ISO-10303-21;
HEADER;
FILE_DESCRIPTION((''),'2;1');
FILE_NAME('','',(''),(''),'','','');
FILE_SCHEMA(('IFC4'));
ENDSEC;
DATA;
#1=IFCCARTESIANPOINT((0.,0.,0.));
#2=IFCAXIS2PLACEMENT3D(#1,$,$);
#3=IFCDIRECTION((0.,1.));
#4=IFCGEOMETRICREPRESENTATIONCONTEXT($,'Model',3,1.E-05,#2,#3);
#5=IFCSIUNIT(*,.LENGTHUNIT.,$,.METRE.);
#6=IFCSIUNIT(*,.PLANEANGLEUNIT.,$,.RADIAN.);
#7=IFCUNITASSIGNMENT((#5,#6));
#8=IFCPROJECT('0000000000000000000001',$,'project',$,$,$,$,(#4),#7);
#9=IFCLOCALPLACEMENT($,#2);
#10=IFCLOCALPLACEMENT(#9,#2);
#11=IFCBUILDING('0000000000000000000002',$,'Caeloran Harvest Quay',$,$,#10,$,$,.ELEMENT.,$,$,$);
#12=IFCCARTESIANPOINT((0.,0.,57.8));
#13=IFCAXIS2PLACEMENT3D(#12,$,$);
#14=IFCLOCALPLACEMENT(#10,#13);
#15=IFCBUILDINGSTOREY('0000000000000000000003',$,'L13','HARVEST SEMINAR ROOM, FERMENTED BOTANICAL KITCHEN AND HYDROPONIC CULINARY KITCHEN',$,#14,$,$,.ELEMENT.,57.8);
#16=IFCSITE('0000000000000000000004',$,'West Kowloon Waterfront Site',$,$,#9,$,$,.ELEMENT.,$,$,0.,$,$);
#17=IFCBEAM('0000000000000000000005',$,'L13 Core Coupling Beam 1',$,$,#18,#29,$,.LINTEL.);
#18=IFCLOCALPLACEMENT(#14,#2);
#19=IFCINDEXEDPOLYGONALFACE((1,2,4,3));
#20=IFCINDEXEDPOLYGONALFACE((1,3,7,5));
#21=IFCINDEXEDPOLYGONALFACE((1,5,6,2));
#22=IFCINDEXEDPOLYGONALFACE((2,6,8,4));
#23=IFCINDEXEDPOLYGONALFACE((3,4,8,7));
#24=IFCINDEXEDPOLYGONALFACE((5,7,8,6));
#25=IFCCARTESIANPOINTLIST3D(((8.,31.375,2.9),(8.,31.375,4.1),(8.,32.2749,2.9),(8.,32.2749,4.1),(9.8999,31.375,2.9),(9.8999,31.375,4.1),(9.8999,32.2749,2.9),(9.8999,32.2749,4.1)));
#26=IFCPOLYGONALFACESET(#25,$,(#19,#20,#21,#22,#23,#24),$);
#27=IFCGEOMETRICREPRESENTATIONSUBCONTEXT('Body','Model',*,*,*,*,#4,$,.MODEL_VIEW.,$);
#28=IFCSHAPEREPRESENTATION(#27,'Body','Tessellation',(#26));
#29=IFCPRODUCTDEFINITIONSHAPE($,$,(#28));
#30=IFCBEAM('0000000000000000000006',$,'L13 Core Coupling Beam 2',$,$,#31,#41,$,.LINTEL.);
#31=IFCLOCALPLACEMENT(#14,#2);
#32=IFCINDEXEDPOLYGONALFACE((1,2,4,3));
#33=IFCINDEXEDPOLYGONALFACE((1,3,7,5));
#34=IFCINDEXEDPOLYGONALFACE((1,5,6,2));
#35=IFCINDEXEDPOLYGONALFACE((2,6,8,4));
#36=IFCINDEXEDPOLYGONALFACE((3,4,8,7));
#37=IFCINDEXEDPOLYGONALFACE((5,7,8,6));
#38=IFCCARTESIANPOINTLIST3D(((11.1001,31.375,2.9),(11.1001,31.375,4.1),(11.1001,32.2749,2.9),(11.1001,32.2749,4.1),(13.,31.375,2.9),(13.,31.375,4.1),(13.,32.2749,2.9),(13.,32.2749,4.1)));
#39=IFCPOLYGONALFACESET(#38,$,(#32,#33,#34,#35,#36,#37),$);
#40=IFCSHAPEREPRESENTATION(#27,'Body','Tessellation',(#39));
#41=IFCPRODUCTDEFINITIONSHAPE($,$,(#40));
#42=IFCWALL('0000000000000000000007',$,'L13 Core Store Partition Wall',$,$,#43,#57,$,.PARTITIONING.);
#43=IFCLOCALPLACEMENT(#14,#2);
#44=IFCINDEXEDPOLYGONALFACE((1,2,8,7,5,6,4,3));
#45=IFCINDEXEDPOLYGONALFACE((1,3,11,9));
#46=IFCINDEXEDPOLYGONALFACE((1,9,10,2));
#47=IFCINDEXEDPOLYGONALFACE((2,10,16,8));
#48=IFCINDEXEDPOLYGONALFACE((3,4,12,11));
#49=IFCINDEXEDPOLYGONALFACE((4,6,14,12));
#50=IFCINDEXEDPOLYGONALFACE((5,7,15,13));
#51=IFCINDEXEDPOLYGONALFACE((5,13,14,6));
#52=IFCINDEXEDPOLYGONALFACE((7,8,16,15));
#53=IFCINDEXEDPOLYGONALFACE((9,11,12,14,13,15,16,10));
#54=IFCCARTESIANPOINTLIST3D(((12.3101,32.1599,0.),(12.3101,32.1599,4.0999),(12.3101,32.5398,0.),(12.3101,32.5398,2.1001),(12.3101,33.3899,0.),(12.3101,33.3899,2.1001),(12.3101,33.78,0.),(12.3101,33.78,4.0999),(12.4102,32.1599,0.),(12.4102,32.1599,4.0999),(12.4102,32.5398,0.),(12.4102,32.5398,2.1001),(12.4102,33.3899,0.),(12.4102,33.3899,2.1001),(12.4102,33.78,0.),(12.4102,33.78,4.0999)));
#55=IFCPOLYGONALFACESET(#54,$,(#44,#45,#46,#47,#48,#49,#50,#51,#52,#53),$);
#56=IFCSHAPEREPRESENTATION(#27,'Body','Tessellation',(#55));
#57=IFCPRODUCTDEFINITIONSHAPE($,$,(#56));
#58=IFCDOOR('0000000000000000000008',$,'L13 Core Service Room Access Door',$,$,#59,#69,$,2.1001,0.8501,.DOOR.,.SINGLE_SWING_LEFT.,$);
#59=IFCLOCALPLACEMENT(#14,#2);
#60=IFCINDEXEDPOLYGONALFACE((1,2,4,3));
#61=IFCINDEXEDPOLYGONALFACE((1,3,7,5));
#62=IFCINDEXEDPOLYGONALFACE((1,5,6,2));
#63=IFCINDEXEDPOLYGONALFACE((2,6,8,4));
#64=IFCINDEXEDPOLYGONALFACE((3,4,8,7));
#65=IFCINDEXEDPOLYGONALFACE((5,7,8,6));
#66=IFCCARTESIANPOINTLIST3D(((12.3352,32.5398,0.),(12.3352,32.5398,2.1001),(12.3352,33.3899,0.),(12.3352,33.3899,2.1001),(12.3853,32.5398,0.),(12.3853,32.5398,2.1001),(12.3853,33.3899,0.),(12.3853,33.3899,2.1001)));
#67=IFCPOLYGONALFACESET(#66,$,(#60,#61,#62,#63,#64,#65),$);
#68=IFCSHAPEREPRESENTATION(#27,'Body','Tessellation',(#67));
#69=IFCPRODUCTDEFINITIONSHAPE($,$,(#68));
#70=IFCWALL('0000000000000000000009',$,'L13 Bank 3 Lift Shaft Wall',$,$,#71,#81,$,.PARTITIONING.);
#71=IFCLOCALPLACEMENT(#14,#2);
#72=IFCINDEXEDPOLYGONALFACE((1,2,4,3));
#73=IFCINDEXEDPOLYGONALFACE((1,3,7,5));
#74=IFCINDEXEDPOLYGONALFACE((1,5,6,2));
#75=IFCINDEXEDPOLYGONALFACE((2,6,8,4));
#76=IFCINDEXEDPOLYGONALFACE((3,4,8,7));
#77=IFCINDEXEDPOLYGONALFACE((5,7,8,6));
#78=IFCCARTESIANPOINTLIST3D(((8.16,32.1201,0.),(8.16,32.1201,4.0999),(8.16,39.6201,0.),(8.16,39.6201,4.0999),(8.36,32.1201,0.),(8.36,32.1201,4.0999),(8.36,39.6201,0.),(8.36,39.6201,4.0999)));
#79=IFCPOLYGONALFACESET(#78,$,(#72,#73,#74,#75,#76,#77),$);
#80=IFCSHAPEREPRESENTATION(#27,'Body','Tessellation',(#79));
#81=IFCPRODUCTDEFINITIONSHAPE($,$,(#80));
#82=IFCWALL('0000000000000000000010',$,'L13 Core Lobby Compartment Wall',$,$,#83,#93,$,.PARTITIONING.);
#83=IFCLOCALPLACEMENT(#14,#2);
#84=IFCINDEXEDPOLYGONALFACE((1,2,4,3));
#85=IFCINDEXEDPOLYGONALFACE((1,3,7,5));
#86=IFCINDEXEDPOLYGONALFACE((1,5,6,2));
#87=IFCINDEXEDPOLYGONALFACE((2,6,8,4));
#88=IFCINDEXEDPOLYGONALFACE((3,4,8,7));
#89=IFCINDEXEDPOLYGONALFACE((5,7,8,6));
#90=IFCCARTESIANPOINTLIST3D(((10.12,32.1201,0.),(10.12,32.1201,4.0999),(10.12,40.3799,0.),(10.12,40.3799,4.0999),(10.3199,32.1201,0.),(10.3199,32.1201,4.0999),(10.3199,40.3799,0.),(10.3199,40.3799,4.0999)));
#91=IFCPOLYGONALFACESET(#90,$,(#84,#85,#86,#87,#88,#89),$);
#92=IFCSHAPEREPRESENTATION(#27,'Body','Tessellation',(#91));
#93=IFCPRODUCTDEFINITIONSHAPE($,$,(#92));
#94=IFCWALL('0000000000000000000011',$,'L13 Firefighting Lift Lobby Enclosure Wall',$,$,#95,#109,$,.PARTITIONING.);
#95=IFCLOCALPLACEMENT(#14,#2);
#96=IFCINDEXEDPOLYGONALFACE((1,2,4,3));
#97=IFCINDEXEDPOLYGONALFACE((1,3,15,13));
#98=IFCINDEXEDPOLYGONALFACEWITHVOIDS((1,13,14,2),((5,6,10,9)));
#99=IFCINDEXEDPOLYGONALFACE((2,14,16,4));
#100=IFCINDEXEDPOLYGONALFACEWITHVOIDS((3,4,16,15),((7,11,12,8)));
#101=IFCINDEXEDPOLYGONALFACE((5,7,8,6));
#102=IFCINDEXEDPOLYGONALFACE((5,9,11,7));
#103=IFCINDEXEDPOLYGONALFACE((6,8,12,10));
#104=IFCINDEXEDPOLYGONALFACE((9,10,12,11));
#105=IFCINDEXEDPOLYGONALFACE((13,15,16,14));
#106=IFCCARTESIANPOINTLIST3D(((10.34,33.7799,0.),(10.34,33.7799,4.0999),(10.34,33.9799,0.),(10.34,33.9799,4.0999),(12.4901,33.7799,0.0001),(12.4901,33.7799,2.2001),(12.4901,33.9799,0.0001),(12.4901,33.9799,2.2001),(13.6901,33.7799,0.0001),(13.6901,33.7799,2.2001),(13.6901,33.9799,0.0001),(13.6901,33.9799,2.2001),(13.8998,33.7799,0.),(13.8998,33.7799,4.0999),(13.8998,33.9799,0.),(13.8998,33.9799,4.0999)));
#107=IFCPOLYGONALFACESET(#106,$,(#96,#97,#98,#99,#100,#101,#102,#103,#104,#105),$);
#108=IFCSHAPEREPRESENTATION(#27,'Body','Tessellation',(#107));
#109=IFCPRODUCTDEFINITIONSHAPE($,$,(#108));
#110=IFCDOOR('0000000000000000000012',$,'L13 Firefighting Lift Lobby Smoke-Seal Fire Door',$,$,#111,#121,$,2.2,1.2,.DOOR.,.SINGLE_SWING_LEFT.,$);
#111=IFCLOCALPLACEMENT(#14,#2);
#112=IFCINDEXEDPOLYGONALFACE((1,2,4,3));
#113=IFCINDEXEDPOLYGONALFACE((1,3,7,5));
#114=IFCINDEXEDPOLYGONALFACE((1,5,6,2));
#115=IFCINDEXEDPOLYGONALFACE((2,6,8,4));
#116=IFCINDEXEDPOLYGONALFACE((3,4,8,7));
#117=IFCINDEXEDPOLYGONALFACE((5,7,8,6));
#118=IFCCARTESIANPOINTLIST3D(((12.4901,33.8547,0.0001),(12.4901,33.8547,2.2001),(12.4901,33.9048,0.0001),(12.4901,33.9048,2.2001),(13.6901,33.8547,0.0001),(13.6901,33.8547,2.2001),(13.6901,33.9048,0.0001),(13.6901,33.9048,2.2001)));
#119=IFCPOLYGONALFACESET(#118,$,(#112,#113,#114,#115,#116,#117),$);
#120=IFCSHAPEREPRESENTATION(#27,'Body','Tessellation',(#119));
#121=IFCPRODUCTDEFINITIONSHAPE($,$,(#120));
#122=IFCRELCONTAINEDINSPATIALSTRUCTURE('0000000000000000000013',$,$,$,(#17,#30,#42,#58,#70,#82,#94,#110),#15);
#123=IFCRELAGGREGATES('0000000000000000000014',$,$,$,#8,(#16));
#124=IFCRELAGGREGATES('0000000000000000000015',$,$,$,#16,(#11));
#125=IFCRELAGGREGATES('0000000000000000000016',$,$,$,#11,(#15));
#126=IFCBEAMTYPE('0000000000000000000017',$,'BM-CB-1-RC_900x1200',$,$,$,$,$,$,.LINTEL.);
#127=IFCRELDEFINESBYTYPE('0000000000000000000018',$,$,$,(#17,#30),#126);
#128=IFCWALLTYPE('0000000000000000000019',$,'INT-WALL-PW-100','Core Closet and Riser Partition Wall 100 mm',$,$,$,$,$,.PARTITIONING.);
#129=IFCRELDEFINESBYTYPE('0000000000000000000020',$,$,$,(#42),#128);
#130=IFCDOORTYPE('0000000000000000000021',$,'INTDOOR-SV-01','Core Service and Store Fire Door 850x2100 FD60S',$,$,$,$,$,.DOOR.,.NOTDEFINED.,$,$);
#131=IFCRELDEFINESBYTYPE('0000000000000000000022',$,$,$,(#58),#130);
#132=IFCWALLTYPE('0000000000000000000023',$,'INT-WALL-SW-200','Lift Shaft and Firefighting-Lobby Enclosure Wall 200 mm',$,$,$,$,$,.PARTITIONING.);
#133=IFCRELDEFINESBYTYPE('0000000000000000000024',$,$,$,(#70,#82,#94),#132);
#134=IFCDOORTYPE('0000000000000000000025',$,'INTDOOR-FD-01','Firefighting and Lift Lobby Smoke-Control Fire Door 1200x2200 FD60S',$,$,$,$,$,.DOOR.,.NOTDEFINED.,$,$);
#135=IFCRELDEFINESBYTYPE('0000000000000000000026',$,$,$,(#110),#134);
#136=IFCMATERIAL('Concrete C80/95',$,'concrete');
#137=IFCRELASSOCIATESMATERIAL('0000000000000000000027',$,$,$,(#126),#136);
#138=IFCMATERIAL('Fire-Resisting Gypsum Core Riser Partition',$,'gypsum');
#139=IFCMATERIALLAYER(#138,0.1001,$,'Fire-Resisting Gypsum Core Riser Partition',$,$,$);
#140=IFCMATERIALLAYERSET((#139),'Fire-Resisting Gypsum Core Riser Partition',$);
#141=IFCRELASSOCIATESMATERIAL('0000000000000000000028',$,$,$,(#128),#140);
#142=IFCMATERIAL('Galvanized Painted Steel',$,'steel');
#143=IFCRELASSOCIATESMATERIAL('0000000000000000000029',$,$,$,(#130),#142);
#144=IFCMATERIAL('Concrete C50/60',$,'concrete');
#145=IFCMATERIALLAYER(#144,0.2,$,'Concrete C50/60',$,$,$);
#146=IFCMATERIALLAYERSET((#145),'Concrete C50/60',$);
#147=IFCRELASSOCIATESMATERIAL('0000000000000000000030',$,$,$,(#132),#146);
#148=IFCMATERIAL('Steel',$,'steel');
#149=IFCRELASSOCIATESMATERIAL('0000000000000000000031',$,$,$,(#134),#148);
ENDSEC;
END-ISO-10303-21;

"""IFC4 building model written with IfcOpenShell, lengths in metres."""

from ifc_helpers import new_model, si_unit, direction, frame, frame_2d, origin, origin_2d, place, context, subcontext, project, spatial, rectangle, extrude, material, layer, layer_set, material_profile, profile_set, type_object, element, fill, save


model = new_model("IFC4")

# Units and contexts
model_context = context("Model", 3, precision=1e-05, world=origin(), true_north=direction((0.0, 1.0)))
body_context = subcontext(model_context, "Body", "Model", "MODEL_VIEW")
ifc_project = project(units=[si_unit("LENGTHUNIT", "METRE"), si_unit("PLANEANGLEUNIT", "RADIAN")], contexts=[model_context])

# Site, building, storey
site_placement = place(None, origin())
site = spatial("IfcSite", under=ifc_project, at=site_placement, Name="West Kowloon Waterfront Site", CompositionType="ELEMENT", RefElevation=0.0)
building_placement = place(site_placement, origin())
building = spatial("IfcBuilding", under=site, at=building_placement, Name="Caeloran Harvest Quay", CompositionType="ELEMENT")
storey_placement = place(building_placement, frame((0.0, 0.0, 57.8)))
storey = spatial("IfcBuildingStorey", under=building, at=storey_placement, Name="L13", Description="HARVEST SEMINAR ROOM, FERMENTED BOTANICAL KITCHEN AND HYDROPONIC CULINARY KITCHEN", CompositionType="ELEMENT", Elevation=57.8)

# Beams
ifc_material_1 = material(Name="Concrete C80/95", Category="concrete")
ifc_material_profile = material_profile(ifc_material_1, rectangle(XDim=0.8999, YDim=1.2, at=origin_2d()), Name="RC 900x1200")
ifc_profile_set = profile_set([ifc_material_profile], Name="Concrete C80/95")
beam_type = type_object("IfcBeamType", Name="BM-CB-1-RC_900x1200", PredefinedType="LINTEL", material=ifc_profile_set)
for number, where, z_axis, x_axis, name in (
    (1, (8.0, 31.825, 3.5), (1.0, 0.0, 0.0), (0.0, 1.0, 0.0), "L13 Core Coupling Beam 1"),
    (2, (11.1001, 31.825, 3.5), (1.0, 0.0, 0.0), (0.0, 1.0, 0.0), "L13 Core Coupling Beam 2"),
):
    element("IfcBeam", number, at=place(storey_placement, frame(where, z_axis=z_axis, x_axis=x_axis)), inside=storey, type_object=beam_type, Name=name, PredefinedType="LINTEL", context=body_context, shape_type="SweptSolid", body=[
        extrude(rectangle(XDim=0.8999, YDim=1.2, at=origin_2d()), origin(), (0.0, 0.0, 1.0), 1.8999),
    ])

# Wall, opening, door
ifc_material_2 = material(Name="Fire-Resisting Gypsum Core Riser Partition", Category="gypsum")
ifc_layer_1 = layer(ifc_material_2, 0.1001, Name="Fire-Resisting Gypsum Core Riser Partition")
ifc_layer_set_1 = layer_set([ifc_layer_1], Name="Fire-Resisting Gypsum Core Riser Partition")
wall_type_1 = type_object("IfcWallType", Name="INT-WALL-PW-100", Description="Core Closet and Riser Partition Wall 100 mm", PredefinedType="PARTITIONING", material=ifc_layer_set_1)
wall_1_placement = place(storey_placement, frame((12.3601, 32.1599, 0.0), z_axis=(0.0, 0.0, 1.0), x_axis=(0.0, 1.0, 0.0)))
wall_1 = element("IfcWall", 3, at=wall_1_placement, inside=storey, type_object=wall_type_1, Name="L13 Core Store Partition Wall", PredefinedType="PARTITIONING", context=body_context, shape_type="SweptSolid", body=[
    extrude(rectangle(XDim=1.6201, YDim=0.1001, at=frame_2d((0.8101, 0.0))), origin(), (0.0, 0.0, 1.0), 4.0999),
])
opening_1_placement = place(wall_1_placement, frame((0.3799, 0.0, 0.0)))
opening_1 = element("IfcOpeningElement", 4, at=opening_1_placement, cuts=wall_1, PredefinedType="OPENING", context=body_context, shape_type="SweptSolid", body=[
    extrude(rectangle(XDim=0.8501, YDim=2.1001, at=frame_2d((0.425, 1.05))), frame((0.0, 0.0601, 0.0), z_axis=(0.0, -1.0, 0.0), x_axis=(1.0, 0.0, 0.0)), (0.0, 0.0, 1.0), 0.1201),
])
ifc_material_3 = material(Name="Galvanized Painted Steel", Category="steel")
door_type_1 = type_object("IfcDoorType", Name="INTDOOR-SV-01", Description="Core Service and Store Fire Door 850x2100 FD60S", OperationType="NOTDEFINED", PredefinedType="DOOR", material=ifc_material_3)
door_1_placement = place(opening_1_placement, origin())
door_1 = element("IfcDoor", 5, at=door_1_placement, inside=storey, type_object=door_type_1, Name="L13 Core Service Room Access Door", OperationType="SINGLE_SWING_LEFT", OverallHeight=2.1001, OverallWidth=0.8501, PredefinedType="DOOR", context=body_context, shape_type="SweptSolid", body=[
    extrude(rectangle(XDim=0.8501, YDim=2.1001, at=frame_2d((0.425, 1.05))), frame((0.0, 0.0249, 0.0), z_axis=(0.0, -1.0, 0.0), x_axis=(1.0, 0.0, 0.0)), (0.0, 0.0, 1.0), 0.05),
])
fill(opening_1, door_1)

# Walls
ifc_material_4 = material(Name="Concrete C50/60", Category="concrete")
ifc_layer_2 = layer(ifc_material_4, 0.2, Name="Concrete C50/60")
ifc_layer_set_2 = layer_set([ifc_layer_2], Name="Concrete C50/60")
wall_type_2 = type_object("IfcWallType", Name="INT-WALL-SW-200", Description="Lift Shaft and Firefighting-Lobby Enclosure Wall 200 mm", PredefinedType="PARTITIONING", material=ifc_layer_set_2)
wall_2_placement = place(storey_placement, frame((8.26, 32.1201, 0.0), z_axis=(0.0, 0.0, 1.0), x_axis=(0.0, 1.0, 0.0)))
element("IfcWall", 6, at=wall_2_placement, inside=storey, type_object=wall_type_2, Name="L13 Bank 3 Lift Shaft Wall", PredefinedType="PARTITIONING", context=body_context, shape_type="SweptSolid", body=[
    extrude(rectangle(XDim=7.5, YDim=0.2, at=frame_2d((3.75, 0.0))), origin(), (0.0, 0.0, 1.0), 4.0999),
])
wall_3_placement = place(storey_placement, frame((10.22, 32.1201, 0.0), z_axis=(0.0, 0.0, 1.0), x_axis=(0.0, 1.0, 0.0)))
element("IfcWall", 7, at=wall_3_placement, inside=storey, type_object=wall_type_2, Name="L13 Core Lobby Compartment Wall", PredefinedType="PARTITIONING", context=body_context, shape_type="SweptSolid", body=[
    extrude(rectangle(XDim=8.2598, YDim=0.2, at=frame_2d((4.1299, 0.0))), origin(), (0.0, 0.0, 1.0), 4.0999),
])

# Wall, opening, door
wall_4_placement = place(storey_placement, frame((10.3401, 33.8799, 0.0), z_axis=(0.0, 0.0, 1.0), x_axis=(1.0, 0.0, 0.0)))
wall_4 = element("IfcWall", 8, at=wall_4_placement, inside=storey, type_object=wall_type_2, Name="L13 Firefighting Lift Lobby Enclosure Wall", PredefinedType="PARTITIONING", context=body_context, shape_type="SweptSolid", body=[
    extrude(rectangle(XDim=3.5598, YDim=0.2, at=frame_2d((1.7798, 0.0))), origin(), (0.0, 0.0, 1.0), 4.0999),
])
opening_2_placement = place(wall_4_placement, frame((2.1499, 0.0, 0.0)))
opening_2 = element("IfcOpeningElement", 9, at=opening_2_placement, cuts=wall_4, PredefinedType="OPENING", context=body_context, shape_type="SweptSolid", body=[
    extrude(rectangle(XDim=1.2, YDim=2.2, at=frame_2d((0.6001, 1.1001))), frame((0.0, 0.1099, 0.0), z_axis=(0.0, -1.0, 0.0), x_axis=(1.0, 0.0, 0.0)), (0.0, 0.0, 1.0), 0.22),
])
ifc_material_5 = material(Name="Steel", Category="steel")
door_type_2 = type_object("IfcDoorType", Name="INTDOOR-FD-01", Description="Firefighting and Lift Lobby Smoke-Control Fire Door 1200x2200 FD60S", OperationType="NOTDEFINED", PredefinedType="DOOR", material=ifc_material_5)
door_2_placement = place(opening_2_placement, origin())
door_2 = element("IfcDoor", 10, at=door_2_placement, inside=storey, type_object=door_type_2, Name="L13 Firefighting Lift Lobby Smoke-Seal Fire Door", OperationType="SINGLE_SWING_LEFT", OverallHeight=2.2, OverallWidth=1.2, PredefinedType="DOOR", context=body_context, shape_type="SweptSolid", body=[
    extrude(rectangle(XDim=1.2, YDim=2.2, at=frame_2d((0.6001, 1.1001))), frame((0.0, 0.0249, 0.0), z_axis=(0.0, -1.0, 0.0), x_axis=(1.0, 0.0, 0.0)), (0.0, 0.0, 1.0), 0.05),
])
fill(opening_2, door_2)

save(model, "model.ifc")
